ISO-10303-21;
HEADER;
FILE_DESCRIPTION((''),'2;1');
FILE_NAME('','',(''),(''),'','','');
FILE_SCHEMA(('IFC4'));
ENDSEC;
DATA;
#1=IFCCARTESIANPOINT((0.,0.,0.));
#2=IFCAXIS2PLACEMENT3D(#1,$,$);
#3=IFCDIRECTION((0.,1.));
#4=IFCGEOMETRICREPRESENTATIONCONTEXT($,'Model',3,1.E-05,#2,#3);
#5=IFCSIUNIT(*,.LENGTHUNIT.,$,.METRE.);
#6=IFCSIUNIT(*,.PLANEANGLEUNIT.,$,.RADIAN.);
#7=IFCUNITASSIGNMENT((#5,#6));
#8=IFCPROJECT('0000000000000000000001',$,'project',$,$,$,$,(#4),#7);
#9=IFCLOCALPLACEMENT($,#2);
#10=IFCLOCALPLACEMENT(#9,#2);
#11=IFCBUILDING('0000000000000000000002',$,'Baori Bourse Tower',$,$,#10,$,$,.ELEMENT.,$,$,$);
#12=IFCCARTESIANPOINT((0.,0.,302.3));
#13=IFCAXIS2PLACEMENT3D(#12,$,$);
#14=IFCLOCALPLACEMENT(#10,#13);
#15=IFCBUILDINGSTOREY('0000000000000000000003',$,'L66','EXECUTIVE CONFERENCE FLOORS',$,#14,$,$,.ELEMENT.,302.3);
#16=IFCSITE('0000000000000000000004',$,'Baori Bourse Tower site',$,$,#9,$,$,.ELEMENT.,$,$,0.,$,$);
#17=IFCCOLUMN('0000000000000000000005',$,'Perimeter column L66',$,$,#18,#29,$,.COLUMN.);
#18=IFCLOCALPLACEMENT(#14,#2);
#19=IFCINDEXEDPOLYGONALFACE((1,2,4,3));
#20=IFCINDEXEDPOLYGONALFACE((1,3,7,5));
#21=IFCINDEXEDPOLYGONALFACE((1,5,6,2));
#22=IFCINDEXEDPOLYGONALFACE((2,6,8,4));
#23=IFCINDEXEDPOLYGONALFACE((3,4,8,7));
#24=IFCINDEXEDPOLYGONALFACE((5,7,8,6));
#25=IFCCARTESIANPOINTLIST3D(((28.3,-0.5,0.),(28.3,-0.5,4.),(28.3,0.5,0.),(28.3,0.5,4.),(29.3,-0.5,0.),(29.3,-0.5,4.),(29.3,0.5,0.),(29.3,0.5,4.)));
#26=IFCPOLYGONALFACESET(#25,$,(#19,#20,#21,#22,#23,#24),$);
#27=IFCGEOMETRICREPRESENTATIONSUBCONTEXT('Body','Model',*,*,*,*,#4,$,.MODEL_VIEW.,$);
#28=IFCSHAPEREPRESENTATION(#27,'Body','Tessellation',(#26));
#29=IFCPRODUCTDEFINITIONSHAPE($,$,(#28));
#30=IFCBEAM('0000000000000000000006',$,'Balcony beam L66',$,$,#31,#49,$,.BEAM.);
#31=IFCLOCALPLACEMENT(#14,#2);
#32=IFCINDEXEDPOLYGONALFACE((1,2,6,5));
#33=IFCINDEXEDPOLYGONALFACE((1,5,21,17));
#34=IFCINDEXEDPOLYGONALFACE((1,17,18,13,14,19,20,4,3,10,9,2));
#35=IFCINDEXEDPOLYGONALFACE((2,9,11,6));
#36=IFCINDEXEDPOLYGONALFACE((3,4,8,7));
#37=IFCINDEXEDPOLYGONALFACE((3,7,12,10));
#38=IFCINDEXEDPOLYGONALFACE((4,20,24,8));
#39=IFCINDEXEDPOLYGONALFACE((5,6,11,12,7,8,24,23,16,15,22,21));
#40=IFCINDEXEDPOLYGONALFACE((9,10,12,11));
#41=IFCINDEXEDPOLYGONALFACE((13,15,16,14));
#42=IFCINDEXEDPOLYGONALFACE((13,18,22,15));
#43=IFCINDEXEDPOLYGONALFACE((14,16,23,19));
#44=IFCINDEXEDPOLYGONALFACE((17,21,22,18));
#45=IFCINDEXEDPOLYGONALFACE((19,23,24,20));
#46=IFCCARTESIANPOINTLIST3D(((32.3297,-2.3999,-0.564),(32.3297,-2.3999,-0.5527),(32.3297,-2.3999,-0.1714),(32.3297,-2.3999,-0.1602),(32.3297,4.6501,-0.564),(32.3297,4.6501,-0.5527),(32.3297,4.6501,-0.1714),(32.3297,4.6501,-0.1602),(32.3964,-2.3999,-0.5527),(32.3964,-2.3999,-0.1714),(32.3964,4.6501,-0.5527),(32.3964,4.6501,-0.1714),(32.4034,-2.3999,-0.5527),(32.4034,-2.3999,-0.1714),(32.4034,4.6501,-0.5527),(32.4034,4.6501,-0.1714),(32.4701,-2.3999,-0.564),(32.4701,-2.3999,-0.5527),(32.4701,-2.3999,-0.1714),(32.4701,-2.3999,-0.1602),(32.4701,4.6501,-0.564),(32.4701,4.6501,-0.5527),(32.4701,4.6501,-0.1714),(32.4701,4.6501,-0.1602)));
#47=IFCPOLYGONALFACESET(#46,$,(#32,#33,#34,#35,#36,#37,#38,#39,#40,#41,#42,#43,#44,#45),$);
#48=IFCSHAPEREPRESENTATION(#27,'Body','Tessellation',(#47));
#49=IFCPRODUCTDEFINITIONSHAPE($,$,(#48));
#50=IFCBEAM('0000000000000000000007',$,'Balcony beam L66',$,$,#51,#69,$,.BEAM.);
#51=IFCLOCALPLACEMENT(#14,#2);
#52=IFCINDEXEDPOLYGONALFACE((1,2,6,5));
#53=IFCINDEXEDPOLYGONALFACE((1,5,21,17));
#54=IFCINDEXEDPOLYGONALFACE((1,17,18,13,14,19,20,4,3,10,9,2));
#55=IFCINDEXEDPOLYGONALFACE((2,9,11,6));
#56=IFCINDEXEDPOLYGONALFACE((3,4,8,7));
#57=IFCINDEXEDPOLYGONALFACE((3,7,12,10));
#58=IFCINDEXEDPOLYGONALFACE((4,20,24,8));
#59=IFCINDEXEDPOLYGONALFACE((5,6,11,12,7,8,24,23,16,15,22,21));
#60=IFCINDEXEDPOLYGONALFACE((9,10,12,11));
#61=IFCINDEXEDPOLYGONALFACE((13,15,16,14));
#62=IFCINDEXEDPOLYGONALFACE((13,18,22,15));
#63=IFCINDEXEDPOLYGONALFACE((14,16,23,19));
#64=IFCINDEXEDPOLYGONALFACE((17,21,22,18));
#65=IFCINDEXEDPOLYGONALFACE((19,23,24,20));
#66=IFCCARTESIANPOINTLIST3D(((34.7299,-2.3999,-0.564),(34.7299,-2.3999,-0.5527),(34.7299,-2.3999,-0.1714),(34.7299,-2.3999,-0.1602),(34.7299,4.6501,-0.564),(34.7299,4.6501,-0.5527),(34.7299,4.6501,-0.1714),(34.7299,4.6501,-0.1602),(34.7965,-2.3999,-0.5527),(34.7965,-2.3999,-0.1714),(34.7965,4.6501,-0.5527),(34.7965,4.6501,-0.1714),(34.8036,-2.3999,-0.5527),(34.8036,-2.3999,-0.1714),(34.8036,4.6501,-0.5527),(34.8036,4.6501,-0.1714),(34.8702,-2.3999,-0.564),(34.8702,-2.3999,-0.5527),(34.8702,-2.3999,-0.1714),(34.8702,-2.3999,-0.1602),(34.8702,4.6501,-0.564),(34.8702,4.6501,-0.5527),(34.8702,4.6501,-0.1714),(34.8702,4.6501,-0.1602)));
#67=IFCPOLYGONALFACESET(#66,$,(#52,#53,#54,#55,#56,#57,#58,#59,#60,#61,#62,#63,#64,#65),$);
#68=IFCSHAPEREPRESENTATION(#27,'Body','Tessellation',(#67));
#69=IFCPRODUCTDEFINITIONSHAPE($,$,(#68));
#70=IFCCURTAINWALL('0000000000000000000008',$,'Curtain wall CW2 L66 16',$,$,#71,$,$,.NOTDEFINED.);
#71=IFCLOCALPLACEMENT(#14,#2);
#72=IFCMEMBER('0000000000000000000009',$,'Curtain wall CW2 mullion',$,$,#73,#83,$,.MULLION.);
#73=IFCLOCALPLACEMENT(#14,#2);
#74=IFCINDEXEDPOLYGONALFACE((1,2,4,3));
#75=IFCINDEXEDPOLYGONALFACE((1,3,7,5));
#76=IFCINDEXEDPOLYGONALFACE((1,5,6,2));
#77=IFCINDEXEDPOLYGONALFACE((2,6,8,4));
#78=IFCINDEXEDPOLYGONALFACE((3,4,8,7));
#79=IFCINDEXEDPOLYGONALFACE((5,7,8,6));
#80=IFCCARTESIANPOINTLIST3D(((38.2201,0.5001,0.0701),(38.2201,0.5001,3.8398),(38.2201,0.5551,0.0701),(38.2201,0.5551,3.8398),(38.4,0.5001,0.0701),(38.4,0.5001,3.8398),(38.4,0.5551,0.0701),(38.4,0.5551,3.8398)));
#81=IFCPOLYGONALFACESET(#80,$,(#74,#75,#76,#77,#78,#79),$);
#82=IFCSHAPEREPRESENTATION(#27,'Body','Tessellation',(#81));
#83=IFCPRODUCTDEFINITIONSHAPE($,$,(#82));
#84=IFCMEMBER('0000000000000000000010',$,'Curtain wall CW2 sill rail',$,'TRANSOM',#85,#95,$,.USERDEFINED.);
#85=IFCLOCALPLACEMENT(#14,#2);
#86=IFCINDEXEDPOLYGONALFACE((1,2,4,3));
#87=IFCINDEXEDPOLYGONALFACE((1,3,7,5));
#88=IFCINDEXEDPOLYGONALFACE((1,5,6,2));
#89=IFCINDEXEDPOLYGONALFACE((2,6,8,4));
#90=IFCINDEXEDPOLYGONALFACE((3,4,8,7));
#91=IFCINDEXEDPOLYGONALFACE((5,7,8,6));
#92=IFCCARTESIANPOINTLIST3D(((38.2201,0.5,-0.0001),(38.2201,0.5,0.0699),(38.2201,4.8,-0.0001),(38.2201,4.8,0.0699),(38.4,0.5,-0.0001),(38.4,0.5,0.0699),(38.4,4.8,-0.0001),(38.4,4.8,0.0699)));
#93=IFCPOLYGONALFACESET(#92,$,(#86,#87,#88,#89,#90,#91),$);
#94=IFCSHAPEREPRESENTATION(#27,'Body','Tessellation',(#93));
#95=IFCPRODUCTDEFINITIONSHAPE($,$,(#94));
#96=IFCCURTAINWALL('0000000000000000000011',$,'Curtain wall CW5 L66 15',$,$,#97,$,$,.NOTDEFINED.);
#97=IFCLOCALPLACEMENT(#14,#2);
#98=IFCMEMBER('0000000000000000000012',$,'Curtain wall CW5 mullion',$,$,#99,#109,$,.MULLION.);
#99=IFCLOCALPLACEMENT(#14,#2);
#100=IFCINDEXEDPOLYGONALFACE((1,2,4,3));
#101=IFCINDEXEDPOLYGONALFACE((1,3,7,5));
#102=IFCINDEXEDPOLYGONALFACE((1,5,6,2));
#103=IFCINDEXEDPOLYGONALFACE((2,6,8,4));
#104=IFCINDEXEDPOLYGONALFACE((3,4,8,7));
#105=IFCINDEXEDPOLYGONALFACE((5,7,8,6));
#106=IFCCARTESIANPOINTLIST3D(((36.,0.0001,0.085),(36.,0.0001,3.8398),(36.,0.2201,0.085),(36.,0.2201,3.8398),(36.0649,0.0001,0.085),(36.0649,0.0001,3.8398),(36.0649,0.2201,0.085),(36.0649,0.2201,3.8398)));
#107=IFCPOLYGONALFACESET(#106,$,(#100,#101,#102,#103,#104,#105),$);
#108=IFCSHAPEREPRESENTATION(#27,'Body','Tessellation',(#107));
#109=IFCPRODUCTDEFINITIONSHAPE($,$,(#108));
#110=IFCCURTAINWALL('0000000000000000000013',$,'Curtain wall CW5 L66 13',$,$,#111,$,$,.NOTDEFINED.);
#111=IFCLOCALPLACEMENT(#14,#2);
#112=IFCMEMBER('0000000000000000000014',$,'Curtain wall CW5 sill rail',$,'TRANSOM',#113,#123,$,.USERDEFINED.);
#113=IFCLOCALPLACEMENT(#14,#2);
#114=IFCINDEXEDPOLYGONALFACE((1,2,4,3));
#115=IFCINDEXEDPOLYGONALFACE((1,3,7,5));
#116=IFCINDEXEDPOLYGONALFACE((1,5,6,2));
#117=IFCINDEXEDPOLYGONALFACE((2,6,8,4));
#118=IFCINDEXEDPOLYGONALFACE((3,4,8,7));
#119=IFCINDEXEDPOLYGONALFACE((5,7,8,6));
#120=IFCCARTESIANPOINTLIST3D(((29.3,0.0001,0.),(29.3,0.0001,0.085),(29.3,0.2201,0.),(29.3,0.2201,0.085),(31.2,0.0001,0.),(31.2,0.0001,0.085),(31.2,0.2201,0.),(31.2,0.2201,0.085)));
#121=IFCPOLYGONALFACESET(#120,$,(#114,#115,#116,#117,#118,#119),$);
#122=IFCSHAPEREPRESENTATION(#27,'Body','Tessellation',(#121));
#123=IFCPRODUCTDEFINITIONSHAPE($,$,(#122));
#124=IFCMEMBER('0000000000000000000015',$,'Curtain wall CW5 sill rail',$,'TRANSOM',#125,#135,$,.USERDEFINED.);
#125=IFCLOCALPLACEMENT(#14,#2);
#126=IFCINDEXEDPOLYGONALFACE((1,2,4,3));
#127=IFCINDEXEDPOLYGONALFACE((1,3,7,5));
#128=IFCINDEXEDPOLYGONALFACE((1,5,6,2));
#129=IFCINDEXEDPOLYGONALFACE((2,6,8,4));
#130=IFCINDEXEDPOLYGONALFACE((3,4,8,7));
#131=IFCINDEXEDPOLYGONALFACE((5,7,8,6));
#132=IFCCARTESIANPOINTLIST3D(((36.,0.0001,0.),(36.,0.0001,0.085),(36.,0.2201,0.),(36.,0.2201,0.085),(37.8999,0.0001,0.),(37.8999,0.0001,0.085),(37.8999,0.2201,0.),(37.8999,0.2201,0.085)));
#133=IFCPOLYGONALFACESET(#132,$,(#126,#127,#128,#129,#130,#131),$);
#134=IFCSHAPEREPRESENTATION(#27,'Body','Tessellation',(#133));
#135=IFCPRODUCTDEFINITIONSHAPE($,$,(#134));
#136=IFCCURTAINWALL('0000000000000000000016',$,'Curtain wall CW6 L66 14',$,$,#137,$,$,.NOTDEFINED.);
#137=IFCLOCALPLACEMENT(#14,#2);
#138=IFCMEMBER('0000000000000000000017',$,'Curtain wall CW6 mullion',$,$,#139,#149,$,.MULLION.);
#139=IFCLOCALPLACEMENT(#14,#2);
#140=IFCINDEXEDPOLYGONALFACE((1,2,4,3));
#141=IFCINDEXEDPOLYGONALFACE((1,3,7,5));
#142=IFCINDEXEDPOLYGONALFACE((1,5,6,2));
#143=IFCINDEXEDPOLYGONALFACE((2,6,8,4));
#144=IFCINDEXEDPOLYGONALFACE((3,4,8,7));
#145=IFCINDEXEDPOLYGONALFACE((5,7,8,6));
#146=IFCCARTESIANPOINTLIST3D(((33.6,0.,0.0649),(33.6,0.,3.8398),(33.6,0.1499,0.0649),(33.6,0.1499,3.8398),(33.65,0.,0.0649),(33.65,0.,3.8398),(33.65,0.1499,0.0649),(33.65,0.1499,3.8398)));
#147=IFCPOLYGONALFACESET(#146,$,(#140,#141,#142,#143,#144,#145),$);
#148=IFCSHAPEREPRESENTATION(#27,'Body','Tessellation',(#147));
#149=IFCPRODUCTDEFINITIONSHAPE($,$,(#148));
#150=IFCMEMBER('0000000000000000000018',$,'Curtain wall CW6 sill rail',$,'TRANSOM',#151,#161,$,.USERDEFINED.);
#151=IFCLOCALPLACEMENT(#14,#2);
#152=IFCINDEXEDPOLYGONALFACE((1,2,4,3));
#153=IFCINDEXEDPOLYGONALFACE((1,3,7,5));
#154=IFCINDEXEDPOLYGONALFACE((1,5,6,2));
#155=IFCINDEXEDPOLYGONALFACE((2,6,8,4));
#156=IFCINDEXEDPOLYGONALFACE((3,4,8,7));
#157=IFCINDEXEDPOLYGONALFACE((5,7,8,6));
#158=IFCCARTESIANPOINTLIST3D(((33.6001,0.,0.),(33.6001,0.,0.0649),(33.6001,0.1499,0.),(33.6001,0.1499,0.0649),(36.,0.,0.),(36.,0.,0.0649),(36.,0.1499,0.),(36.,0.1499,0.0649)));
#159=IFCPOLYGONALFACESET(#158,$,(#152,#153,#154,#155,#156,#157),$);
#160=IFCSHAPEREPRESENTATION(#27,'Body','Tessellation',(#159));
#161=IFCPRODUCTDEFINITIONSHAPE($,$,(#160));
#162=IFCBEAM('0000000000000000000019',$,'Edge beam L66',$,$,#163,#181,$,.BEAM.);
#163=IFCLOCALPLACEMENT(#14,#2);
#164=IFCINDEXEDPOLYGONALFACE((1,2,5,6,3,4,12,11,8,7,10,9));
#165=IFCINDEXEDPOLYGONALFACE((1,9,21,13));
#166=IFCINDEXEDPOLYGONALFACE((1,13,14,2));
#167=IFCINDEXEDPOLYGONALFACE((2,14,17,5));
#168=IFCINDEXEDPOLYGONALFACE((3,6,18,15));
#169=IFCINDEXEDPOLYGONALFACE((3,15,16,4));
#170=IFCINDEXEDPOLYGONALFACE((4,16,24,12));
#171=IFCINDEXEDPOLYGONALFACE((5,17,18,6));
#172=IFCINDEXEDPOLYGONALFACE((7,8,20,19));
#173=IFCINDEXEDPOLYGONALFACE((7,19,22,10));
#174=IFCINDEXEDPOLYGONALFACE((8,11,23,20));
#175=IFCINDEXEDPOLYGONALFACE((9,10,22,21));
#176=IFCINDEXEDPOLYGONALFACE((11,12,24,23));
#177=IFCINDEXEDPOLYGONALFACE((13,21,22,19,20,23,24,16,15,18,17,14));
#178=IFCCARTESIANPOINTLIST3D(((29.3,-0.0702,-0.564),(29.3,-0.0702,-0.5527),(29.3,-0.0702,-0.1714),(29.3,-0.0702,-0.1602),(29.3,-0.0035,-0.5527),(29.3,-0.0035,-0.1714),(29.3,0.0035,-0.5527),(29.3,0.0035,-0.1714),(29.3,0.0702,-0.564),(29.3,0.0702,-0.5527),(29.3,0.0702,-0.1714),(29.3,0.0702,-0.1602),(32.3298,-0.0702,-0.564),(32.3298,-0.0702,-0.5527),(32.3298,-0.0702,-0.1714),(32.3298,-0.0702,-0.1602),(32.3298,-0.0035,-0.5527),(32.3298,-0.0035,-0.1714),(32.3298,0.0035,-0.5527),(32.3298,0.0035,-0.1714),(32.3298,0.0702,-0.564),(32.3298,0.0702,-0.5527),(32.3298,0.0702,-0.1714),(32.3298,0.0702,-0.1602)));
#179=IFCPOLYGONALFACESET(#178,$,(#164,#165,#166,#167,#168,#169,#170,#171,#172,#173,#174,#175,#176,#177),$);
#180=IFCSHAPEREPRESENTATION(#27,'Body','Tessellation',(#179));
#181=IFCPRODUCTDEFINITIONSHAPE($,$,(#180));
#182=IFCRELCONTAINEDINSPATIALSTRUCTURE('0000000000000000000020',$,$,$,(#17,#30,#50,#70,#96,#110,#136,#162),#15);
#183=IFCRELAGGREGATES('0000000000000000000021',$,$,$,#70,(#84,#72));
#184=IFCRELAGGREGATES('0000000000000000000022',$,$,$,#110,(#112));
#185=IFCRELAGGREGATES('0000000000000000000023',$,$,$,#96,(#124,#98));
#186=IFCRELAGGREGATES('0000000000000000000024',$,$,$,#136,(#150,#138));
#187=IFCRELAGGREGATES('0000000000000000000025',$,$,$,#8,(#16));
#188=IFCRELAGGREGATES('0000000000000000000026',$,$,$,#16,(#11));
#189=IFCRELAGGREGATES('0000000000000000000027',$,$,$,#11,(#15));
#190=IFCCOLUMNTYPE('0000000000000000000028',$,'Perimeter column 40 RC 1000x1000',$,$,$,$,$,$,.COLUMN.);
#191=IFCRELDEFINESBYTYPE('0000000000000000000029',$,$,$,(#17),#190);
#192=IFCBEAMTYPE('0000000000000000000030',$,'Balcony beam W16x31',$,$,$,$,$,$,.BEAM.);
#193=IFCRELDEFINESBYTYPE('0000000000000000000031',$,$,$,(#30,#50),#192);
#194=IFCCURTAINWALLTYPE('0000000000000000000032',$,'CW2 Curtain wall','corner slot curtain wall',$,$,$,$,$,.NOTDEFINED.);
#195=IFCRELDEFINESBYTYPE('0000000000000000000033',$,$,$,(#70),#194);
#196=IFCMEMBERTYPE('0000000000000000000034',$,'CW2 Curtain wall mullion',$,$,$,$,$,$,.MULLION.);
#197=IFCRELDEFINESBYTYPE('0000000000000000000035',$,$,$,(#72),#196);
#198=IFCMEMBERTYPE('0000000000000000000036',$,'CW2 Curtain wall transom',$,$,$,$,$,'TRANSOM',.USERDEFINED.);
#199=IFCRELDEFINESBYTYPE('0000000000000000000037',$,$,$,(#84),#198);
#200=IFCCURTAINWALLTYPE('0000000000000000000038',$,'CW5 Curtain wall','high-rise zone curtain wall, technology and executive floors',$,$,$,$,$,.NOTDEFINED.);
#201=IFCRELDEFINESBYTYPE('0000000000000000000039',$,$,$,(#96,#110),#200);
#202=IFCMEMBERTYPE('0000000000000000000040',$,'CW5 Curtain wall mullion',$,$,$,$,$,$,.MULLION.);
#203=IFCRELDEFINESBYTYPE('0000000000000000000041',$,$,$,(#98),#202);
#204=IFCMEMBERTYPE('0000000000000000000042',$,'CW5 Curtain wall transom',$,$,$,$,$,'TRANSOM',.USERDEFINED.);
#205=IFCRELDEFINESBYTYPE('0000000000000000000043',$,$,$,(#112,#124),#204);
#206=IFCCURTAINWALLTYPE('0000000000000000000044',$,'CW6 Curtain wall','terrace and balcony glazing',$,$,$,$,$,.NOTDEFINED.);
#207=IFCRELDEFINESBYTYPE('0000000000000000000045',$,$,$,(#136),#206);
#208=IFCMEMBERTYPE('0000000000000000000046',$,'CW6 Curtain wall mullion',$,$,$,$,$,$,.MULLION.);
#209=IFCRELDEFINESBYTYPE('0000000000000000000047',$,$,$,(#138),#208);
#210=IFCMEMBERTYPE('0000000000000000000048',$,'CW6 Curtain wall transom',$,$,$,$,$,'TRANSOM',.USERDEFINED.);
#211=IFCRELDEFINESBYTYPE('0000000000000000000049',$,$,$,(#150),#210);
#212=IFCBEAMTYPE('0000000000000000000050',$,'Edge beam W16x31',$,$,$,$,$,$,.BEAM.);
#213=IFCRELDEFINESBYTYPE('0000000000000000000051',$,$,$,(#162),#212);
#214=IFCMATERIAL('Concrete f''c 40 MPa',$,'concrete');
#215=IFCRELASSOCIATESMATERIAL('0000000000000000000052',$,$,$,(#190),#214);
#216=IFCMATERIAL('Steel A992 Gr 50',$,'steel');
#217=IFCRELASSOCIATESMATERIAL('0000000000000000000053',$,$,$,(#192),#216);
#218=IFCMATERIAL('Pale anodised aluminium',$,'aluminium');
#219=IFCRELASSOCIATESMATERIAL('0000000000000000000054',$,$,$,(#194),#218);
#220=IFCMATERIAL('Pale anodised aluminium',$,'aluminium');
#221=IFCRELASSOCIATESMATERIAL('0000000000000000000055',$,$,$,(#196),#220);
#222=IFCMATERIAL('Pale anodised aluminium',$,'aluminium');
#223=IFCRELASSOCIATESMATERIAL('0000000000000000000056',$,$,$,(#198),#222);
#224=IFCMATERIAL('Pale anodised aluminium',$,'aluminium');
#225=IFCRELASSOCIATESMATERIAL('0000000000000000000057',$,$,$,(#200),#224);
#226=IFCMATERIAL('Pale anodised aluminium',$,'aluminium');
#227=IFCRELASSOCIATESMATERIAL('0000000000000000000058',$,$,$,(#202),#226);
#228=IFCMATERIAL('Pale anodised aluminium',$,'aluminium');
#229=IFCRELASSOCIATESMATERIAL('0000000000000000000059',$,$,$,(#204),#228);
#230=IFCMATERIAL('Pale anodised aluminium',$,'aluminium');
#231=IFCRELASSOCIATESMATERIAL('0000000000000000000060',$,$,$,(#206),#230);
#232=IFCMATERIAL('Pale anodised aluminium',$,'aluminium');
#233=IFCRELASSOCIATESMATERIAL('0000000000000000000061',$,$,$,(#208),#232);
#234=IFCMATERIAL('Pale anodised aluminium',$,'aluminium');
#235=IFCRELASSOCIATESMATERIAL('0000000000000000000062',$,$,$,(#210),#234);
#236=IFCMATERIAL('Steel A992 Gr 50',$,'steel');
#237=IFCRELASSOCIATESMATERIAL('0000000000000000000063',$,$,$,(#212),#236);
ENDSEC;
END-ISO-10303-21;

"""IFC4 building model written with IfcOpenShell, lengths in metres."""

from ifc_helpers import new_model, si_unit, direction, frame, origin, origin_2d, place, context, subcontext, project, spatial, rectangle, i_section, extrude, material, material_profile, profile_set, type_object, element, aggregate, save


model = new_model("IFC4")

# Units and contexts
model_context = context("Model", 3, precision=1e-05, world=origin(), true_north=direction((0.0, 1.0)))
body_context = subcontext(model_context, "Body", "Model", "MODEL_VIEW")
ifc_project = project(units=[si_unit("LENGTHUNIT", "METRE"), si_unit("PLANEANGLEUNIT", "RADIAN")], contexts=[model_context])

# Site, building, storey
site_placement = place(None, origin())
site = spatial("IfcSite", under=ifc_project, at=site_placement, Name="Baori Bourse Tower site", CompositionType="ELEMENT", RefElevation=0.0)
building_placement = place(site_placement, origin())
building = spatial("IfcBuilding", under=site, at=building_placement, Name="Baori Bourse Tower", CompositionType="ELEMENT")
storey_placement = place(building_placement, frame((0.0, 0.0, 302.3)))
storey = spatial("IfcBuildingStorey", under=building, at=storey_placement, Name="L66", Description="EXECUTIVE CONFERENCE FLOORS", CompositionType="ELEMENT", Elevation=302.3)

# Column
ifc_material_1 = material(Name="Concrete f'c 40 MPa", Category="concrete")
ifc_material_profile_1 = material_profile(ifc_material_1, rectangle(XDim=1.0, YDim=1.0, at=origin_2d()), Name="RC 1000x1000")
ifc_profile_set_1 = profile_set([ifc_material_profile_1], Name="Concrete f'c 40 MPa")
column_type = type_object("IfcColumnType", Name="Perimeter column 40 RC 1000x1000", PredefinedType="COLUMN", material=ifc_profile_set_1)
column_placement = place(storey_placement, frame((28.8, 0.0, 0.0), z_axis=(0.0, 0.0, 1.0), x_axis=(1.0, 0.0, 0.0)))
element("IfcColumn", 1, at=column_placement, inside=storey, type_object=column_type, Name="Perimeter column L66", PredefinedType="COLUMN", context=body_context, shape_type="SweptSolid", body=[
    extrude(rectangle(XDim=1.0, YDim=1.0, at=origin_2d()), origin(), (0.0, 0.0, 1.0), 4.0),
])

# Beams
ifc_material_2 = material(Name="Steel A992 Gr 50", Category="steel")
ifc_material_profile_2 = material_profile(ifc_material_2, i_section(OverallWidth=0.1404, OverallDepth=0.4038, WebThickness=0.0071, FlangeThickness=0.0112, at=origin_2d()), Name="W16x31")
ifc_profile_set_2 = profile_set([ifc_material_profile_2], Name="Steel A992 Gr 50")
beam_type_1 = type_object("IfcBeamType", Name="Balcony beam W16x31", PredefinedType="BEAM", material=ifc_profile_set_2)
for number, where, z_axis, x_axis, name in (
    (2, (32.3999, -2.3999, -0.3621), (0.0, 1.0, 0.0), (-1.0, 0.0, 0.0), "Balcony beam L66"),
    (3, (34.8, -2.3999, -0.3621), (0.0, 1.0, 0.0), (-1.0, 0.0, 0.0), "Balcony beam L66"),
):
    element("IfcBeam", number, at=place(storey_placement, frame(where, z_axis=z_axis, x_axis=x_axis)), inside=storey, type_object=beam_type_1, Name=name, PredefinedType="BEAM", context=body_context, shape_type="SweptSolid", body=[
        extrude(i_section(OverallWidth=0.1404, OverallDepth=0.4038, WebThickness=0.0071, FlangeThickness=0.0112, at=origin_2d()), origin(), (0.0, 0.0, 1.0), 7.05),
    ])

# Curtain wall, members
ifc_material_3 = material(Name="Pale anodised aluminium", Category="aluminium")
curtain_wall_type_1 = type_object("IfcCurtainWallType", Name="CW2 Curtain wall", Description="corner slot curtain wall", PredefinedType="NOTDEFINED", material=ifc_material_3)
curtain_wall_1_placement = place(storey_placement, origin())
curtain_wall_1 = element("IfcCurtainWall", 4, at=curtain_wall_1_placement, inside=storey, type_object=curtain_wall_type_1, Name="Curtain wall CW2 L66 16", PredefinedType="NOTDEFINED")
ifc_material_4 = material(Name="Pale anodised aluminium", Category="aluminium")
ifc_material_profile_3 = material_profile(ifc_material_4, rectangle(XDim=0.1799, YDim=0.0549, at=origin_2d()), Name="Mullion 55x180")
ifc_profile_set_3 = profile_set([ifc_material_profile_3], Name="Pale anodised aluminium")
member_type_1 = type_object("IfcMemberType", Name="CW2 Curtain wall mullion", PredefinedType="MULLION", material=ifc_profile_set_3)
member_1_placement = place(storey_placement, frame((38.3101, 0.5276, 0.0701), z_axis=(0.0, 0.0, 1.0), x_axis=(-1.0, 0.0, 0.0)))
member_1 = element("IfcMember", 5, at=member_1_placement, type_object=member_type_1, Name="Curtain wall CW2 mullion", PredefinedType="MULLION", context=body_context, shape_type="SweptSolid", body=[
    extrude(rectangle(XDim=0.1799, YDim=0.0549, at=origin_2d()), origin(), (0.0, 0.0, 1.0), 3.7698),
])
ifc_material_5 = material(Name="Pale anodised aluminium", Category="aluminium")
ifc_material_profile_4 = material_profile(ifc_material_5, rectangle(XDim=0.1799, YDim=0.0701, at=origin_2d()), Name="Transom 70x180")
ifc_profile_set_4 = profile_set([ifc_material_profile_4], Name="Pale anodised aluminium")
member_type_2 = type_object("IfcMemberType", Name="CW2 Curtain wall transom", ElementType="TRANSOM", PredefinedType="USERDEFINED", material=ifc_profile_set_4)
member_2_placement = place(storey_placement, frame((38.3101, 0.5, 0.0349), z_axis=(0.0, 1.0, 0.0), x_axis=(-1.0, 0.0, 0.0)))
member_2 = element("IfcMember", 6, at=member_2_placement, type_object=member_type_2, Name="Curtain wall CW2 sill rail", ObjectType="TRANSOM", PredefinedType="USERDEFINED", context=body_context, shape_type="SweptSolid", body=[
    extrude(rectangle(XDim=0.1799, YDim=0.0701, at=origin_2d()), origin(), (0.0, 0.0, 1.0), 4.3),
])

# Curtain walls, members
ifc_material_6 = material(Name="Pale anodised aluminium", Category="aluminium")
curtain_wall_type_2 = type_object("IfcCurtainWallType", Name="CW5 Curtain wall", Description="high-rise zone curtain wall, technology and executive floors", PredefinedType="NOTDEFINED", material=ifc_material_6)
curtain_wall_2_placement = place(storey_placement, origin())
curtain_wall_2 = element("IfcCurtainWall", 7, at=curtain_wall_2_placement, inside=storey, type_object=curtain_wall_type_2, Name="Curtain wall CW5 L66 15", PredefinedType="NOTDEFINED")
ifc_material_7 = material(Name="Pale anodised aluminium", Category="aluminium")
ifc_material_profile_5 = material_profile(ifc_material_7, rectangle(XDim=0.22, YDim=0.0649, at=origin_2d()), Name="Mullion 65x220")
ifc_profile_set_5 = profile_set([ifc_material_profile_5], Name="Pale anodised aluminium")
member_type_3 = type_object("IfcMemberType", Name="CW5 Curtain wall mullion", PredefinedType="MULLION", material=ifc_profile_set_5)
member_3_placement = place(storey_placement, frame((36.0325, 0.1101, 0.085), z_axis=(0.0, 0.0, 1.0), x_axis=(0.0, 1.0, 0.0)))
member_3 = element("IfcMember", 8, at=member_3_placement, type_object=member_type_3, Name="Curtain wall CW5 mullion", PredefinedType="MULLION", context=body_context, shape_type="SweptSolid", body=[
    extrude(rectangle(XDim=0.22, YDim=0.0649, at=origin_2d()), origin(), (0.0, 0.0, 1.0), 3.7549),
])
curtain_wall_3_placement = place(storey_placement, origin())
curtain_wall_3 = element("IfcCurtainWall", 9, at=curtain_wall_3_placement, inside=storey, type_object=curtain_wall_type_2, Name="Curtain wall CW5 L66 13", PredefinedType="NOTDEFINED")
ifc_material_8 = material(Name="Pale anodised aluminium", Category="aluminium")
ifc_material_profile_6 = material_profile(ifc_material_8, rectangle(XDim=0.22, YDim=0.085, at=origin_2d()), Name="Transom 85x220")
ifc_profile_set_6 = profile_set([ifc_material_profile_6], Name="Pale anodised aluminium")
member_type_4 = type_object("IfcMemberType", Name="CW5 Curtain wall transom", ElementType="TRANSOM", PredefinedType="USERDEFINED", material=ifc_profile_set_6)
member_4_placement = place(storey_placement, frame((29.3, 0.1101, 0.0425), z_axis=(1.0, 0.0, 0.0), x_axis=(0.0, 1.0, 0.0)))
member_4 = element("IfcMember", 10, at=member_4_placement, type_object=member_type_4, Name="Curtain wall CW5 sill rail", ObjectType="TRANSOM", PredefinedType="USERDEFINED", context=body_context, shape_type="SweptSolid", body=[
    extrude(rectangle(XDim=0.22, YDim=0.085, at=origin_2d()), origin(), (0.0, 0.0, 1.0), 1.8999),
])

# Member
member_5_placement = place(storey_placement, frame((36.0, 0.1101, 0.0425), z_axis=(1.0, 0.0, 0.0), x_axis=(0.0, 1.0, 0.0)))
member_5 = element("IfcMember", 11, at=member_5_placement, type_object=member_type_4, Name="Curtain wall CW5 sill rail", ObjectType="TRANSOM", PredefinedType="USERDEFINED", context=body_context, shape_type="SweptSolid", body=[
    extrude(rectangle(XDim=0.22, YDim=0.085, at=origin_2d()), origin(), (0.0, 0.0, 1.0), 1.8999),
])

# Curtain wall, members
ifc_material_9 = material(Name="Pale anodised aluminium", Category="aluminium")
curtain_wall_type_3 = type_object("IfcCurtainWallType", Name="CW6 Curtain wall", Description="terrace and balcony glazing", PredefinedType="NOTDEFINED", material=ifc_material_9)
curtain_wall_4_placement = place(storey_placement, origin())
curtain_wall_4 = element("IfcCurtainWall", 12, at=curtain_wall_4_placement, inside=storey, type_object=curtain_wall_type_3, Name="Curtain wall CW6 L66 14", PredefinedType="NOTDEFINED")
ifc_material_10 = material(Name="Pale anodised aluminium", Category="aluminium")
ifc_material_profile_7 = material_profile(ifc_material_10, rectangle(XDim=0.1499, YDim=0.05, at=origin_2d()), Name="Mullion 50x150")
ifc_profile_set_7 = profile_set([ifc_material_profile_7], Name="Pale anodised aluminium")
member_type_5 = type_object("IfcMemberType", Name="CW6 Curtain wall mullion", PredefinedType="MULLION", material=ifc_profile_set_7)
member_6_placement = place(storey_placement, frame((33.625, 0.075, 0.0649), z_axis=(0.0, 0.0, 1.0), x_axis=(0.0, 1.0, 0.0)))
member_6 = element("IfcMember", 13, at=member_6_placement, type_object=member_type_5, Name="Curtain wall CW6 mullion", PredefinedType="MULLION", context=body_context, shape_type="SweptSolid", body=[
    extrude(rectangle(XDim=0.1499, YDim=0.05, at=origin_2d()), origin(), (0.0, 0.0, 1.0), 3.7749),
])
ifc_material_11 = material(Name="Pale anodised aluminium", Category="aluminium")
ifc_material_profile_8 = material_profile(ifc_material_11, rectangle(XDim=0.1499, YDim=0.0649, at=origin_2d()), Name="Transom 65x150")
ifc_profile_set_8 = profile_set([ifc_material_profile_8], Name="Pale anodised aluminium")
member_type_6 = type_object("IfcMemberType", Name="CW6 Curtain wall transom", ElementType="TRANSOM", PredefinedType="USERDEFINED", material=ifc_profile_set_8)
member_7_placement = place(storey_placement, frame((33.6001, 0.075, 0.0325), z_axis=(1.0, 0.0, 0.0), x_axis=(0.0, 1.0, 0.0)))
member_7 = element("IfcMember", 14, at=member_7_placement, type_object=member_type_6, Name="Curtain wall CW6 sill rail", ObjectType="TRANSOM", PredefinedType="USERDEFINED", context=body_context, shape_type="SweptSolid", body=[
    extrude(rectangle(XDim=0.1499, YDim=0.0649, at=origin_2d()), origin(), (0.0, 0.0, 1.0), 2.3999),
])

# Beam
ifc_material_12 = material(Name="Steel A992 Gr 50", Category="steel")
ifc_material_profile_9 = material_profile(ifc_material_12, i_section(OverallWidth=0.1404, OverallDepth=0.4038, WebThickness=0.0071, FlangeThickness=0.0112, at=origin_2d()), Name="W16x31")
ifc_profile_set_9 = profile_set([ifc_material_profile_9], Name="Steel A992 Gr 50")
beam_type_2 = type_object("IfcBeamType", Name="Edge beam W16x31", PredefinedType="BEAM", material=ifc_profile_set_9)
beam_1_placement = place(storey_placement, frame((29.3, 0.0, -0.3621), z_axis=(1.0, 0.0, 0.0), x_axis=(0.0, 1.0, 0.0)))
element("IfcBeam", 15, at=beam_1_placement, inside=storey, type_object=beam_type_2, Name="Edge beam L66", PredefinedType="BEAM", context=body_context, shape_type="SweptSolid", body=[
    extrude(i_section(OverallWidth=0.1404, OverallDepth=0.4038, WebThickness=0.0071, FlangeThickness=0.0112, at=origin_2d()), origin(), (0.0, 0.0, 1.0), 3.0298),
])

aggregate(curtain_wall_1, [member_2, member_1])
aggregate(curtain_wall_3, [member_4])
aggregate(curtain_wall_2, [member_5, member_3])
aggregate(curtain_wall_4, [member_7, member_6])

save(model, "model.ifc")
